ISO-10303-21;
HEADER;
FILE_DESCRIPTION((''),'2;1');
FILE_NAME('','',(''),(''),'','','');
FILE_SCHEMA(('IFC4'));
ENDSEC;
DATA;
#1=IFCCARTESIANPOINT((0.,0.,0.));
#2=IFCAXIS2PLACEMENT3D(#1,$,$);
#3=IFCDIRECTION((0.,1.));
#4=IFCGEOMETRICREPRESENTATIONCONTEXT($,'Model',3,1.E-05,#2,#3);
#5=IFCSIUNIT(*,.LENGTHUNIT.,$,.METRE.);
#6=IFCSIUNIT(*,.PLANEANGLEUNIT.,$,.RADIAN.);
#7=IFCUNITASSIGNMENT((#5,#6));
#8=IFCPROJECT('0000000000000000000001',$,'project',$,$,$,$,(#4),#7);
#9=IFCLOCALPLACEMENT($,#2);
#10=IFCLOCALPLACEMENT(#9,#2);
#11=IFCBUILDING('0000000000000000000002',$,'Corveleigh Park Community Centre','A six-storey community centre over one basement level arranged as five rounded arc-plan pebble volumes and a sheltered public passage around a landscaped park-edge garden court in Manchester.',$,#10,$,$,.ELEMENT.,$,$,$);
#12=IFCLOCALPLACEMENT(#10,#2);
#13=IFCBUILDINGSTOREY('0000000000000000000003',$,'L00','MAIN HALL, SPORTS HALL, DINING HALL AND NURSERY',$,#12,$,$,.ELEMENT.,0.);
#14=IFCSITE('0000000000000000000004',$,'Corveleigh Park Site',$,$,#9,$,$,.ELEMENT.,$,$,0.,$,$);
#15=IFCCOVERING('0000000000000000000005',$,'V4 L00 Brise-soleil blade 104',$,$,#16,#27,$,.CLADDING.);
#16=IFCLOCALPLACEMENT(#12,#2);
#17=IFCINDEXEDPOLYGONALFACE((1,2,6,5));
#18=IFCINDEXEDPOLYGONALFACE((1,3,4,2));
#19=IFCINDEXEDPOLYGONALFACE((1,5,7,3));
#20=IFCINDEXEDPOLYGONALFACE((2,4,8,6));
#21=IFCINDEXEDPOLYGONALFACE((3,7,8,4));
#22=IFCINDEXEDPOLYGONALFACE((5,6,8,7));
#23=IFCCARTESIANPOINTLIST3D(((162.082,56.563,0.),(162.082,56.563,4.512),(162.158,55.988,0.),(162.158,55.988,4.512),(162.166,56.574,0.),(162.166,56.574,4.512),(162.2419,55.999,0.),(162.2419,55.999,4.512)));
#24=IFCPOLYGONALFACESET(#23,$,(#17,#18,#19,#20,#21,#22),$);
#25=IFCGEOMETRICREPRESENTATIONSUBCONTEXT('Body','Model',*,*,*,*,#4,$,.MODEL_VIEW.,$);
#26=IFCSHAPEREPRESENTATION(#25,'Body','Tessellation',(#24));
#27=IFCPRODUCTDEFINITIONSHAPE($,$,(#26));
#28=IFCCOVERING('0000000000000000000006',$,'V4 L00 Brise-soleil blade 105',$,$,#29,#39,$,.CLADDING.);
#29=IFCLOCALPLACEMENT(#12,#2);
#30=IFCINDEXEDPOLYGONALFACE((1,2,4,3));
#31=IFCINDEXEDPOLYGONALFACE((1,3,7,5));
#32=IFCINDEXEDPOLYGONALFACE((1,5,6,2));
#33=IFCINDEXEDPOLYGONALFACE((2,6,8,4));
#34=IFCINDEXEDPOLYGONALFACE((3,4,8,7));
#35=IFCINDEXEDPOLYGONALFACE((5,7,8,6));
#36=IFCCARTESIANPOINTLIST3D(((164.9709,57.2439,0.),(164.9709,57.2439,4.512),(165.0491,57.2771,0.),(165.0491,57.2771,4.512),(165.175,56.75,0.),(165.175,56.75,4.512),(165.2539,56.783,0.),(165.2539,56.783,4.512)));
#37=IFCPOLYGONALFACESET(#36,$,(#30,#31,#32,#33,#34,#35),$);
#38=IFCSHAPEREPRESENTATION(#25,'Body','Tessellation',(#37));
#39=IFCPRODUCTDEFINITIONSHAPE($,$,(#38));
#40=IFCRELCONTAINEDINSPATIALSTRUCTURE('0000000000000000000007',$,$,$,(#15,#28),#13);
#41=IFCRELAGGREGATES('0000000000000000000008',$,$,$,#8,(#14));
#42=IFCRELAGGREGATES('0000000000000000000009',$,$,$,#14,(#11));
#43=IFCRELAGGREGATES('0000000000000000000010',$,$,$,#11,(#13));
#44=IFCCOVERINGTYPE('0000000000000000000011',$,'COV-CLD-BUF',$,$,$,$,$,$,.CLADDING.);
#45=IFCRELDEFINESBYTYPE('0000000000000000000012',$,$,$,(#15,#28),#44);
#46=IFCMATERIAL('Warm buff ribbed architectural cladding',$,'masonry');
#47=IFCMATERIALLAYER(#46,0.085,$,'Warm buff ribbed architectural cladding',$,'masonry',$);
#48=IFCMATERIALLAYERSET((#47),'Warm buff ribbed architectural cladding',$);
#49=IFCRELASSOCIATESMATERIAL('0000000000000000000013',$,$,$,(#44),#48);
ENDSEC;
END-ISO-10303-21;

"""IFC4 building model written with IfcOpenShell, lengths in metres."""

from ifc_helpers import new_model, si_unit, direction, origin, place, context, subcontext, project, spatial, polyline, outline, extrude, material, layer, layer_set, type_object, element, save


model = new_model("IFC4")

# Units and contexts
model_context = context("Model", 3, precision=1e-05, world=origin(), true_north=direction((0.0, 1.0)))
body_context = subcontext(model_context, "Body", "Model", "MODEL_VIEW")
ifc_project = project(units=[si_unit("LENGTHUNIT", "METRE"), si_unit("PLANEANGLEUNIT", "RADIAN")], contexts=[model_context])

# Site, building, storey
site_placement = place(None, origin())
site = spatial("IfcSite", under=ifc_project, at=site_placement, Name="Corveleigh Park Site", CompositionType="ELEMENT", RefElevation=0.0)
building_placement = place(site_placement, origin())
building = spatial("IfcBuilding", under=site, at=building_placement, Name="Corveleigh Park Community Centre", Description="A six-storey community centre over one basement level arranged as five rounded arc-plan pebble volumes and a sheltered public passage around a landscaped park-edge garden court in Manchester.", CompositionType="ELEMENT")
storey_placement = place(building_placement, origin())
storey = spatial("IfcBuildingStorey", under=building, at=storey_placement, Name="L00", Description="MAIN HALL, SPORTS HALL, DINING HALL AND NURSERY", CompositionType="ELEMENT", Elevation=0.0)

# Coverings
ifc_material = material(Name="Warm buff ribbed architectural cladding", Category="masonry")
ifc_layer = layer(ifc_material, 0.085, Name="Warm buff ribbed architectural cladding", Category="masonry")
ifc_layer_set = layer_set([ifc_layer], Name="Warm buff ribbed architectural cladding")
covering_type = type_object("IfcCoveringType", Name="COV-CLD-BUF", PredefinedType="CLADDING", material=ifc_layer_set)
covering_1_placement = place(storey_placement, origin())
element("IfcCovering", 1, at=covering_1_placement, inside=storey, type_object=covering_type, Name="V4 L00 Brise-soleil blade 104", PredefinedType="CLADDING", context=body_context, shape_type="SweptSolid", body=[
    extrude(outline(polyline([(162.166, 56.574), (162.082, 56.563), (162.158, 55.988), (162.2419, 55.999), (162.166, 56.574)])), origin(), (0.0, 0.0, 1.0), 4.512),
])
covering_2_placement = place(storey_placement, origin())
element("IfcCovering", 2, at=covering_2_placement, inside=storey, type_object=covering_type, Name="V4 L00 Brise-soleil blade 105", PredefinedType="CLADDING", context=body_context, shape_type="SweptSolid", body=[
    extrude(outline(polyline([(165.0491, 57.2771), (164.9709, 57.2439), (165.175, 56.75), (165.2539, 56.783), (165.0491, 57.2771)])), origin(), (0.0, 0.0, 1.0), 4.512),
])

save(model, "model.ifc")
